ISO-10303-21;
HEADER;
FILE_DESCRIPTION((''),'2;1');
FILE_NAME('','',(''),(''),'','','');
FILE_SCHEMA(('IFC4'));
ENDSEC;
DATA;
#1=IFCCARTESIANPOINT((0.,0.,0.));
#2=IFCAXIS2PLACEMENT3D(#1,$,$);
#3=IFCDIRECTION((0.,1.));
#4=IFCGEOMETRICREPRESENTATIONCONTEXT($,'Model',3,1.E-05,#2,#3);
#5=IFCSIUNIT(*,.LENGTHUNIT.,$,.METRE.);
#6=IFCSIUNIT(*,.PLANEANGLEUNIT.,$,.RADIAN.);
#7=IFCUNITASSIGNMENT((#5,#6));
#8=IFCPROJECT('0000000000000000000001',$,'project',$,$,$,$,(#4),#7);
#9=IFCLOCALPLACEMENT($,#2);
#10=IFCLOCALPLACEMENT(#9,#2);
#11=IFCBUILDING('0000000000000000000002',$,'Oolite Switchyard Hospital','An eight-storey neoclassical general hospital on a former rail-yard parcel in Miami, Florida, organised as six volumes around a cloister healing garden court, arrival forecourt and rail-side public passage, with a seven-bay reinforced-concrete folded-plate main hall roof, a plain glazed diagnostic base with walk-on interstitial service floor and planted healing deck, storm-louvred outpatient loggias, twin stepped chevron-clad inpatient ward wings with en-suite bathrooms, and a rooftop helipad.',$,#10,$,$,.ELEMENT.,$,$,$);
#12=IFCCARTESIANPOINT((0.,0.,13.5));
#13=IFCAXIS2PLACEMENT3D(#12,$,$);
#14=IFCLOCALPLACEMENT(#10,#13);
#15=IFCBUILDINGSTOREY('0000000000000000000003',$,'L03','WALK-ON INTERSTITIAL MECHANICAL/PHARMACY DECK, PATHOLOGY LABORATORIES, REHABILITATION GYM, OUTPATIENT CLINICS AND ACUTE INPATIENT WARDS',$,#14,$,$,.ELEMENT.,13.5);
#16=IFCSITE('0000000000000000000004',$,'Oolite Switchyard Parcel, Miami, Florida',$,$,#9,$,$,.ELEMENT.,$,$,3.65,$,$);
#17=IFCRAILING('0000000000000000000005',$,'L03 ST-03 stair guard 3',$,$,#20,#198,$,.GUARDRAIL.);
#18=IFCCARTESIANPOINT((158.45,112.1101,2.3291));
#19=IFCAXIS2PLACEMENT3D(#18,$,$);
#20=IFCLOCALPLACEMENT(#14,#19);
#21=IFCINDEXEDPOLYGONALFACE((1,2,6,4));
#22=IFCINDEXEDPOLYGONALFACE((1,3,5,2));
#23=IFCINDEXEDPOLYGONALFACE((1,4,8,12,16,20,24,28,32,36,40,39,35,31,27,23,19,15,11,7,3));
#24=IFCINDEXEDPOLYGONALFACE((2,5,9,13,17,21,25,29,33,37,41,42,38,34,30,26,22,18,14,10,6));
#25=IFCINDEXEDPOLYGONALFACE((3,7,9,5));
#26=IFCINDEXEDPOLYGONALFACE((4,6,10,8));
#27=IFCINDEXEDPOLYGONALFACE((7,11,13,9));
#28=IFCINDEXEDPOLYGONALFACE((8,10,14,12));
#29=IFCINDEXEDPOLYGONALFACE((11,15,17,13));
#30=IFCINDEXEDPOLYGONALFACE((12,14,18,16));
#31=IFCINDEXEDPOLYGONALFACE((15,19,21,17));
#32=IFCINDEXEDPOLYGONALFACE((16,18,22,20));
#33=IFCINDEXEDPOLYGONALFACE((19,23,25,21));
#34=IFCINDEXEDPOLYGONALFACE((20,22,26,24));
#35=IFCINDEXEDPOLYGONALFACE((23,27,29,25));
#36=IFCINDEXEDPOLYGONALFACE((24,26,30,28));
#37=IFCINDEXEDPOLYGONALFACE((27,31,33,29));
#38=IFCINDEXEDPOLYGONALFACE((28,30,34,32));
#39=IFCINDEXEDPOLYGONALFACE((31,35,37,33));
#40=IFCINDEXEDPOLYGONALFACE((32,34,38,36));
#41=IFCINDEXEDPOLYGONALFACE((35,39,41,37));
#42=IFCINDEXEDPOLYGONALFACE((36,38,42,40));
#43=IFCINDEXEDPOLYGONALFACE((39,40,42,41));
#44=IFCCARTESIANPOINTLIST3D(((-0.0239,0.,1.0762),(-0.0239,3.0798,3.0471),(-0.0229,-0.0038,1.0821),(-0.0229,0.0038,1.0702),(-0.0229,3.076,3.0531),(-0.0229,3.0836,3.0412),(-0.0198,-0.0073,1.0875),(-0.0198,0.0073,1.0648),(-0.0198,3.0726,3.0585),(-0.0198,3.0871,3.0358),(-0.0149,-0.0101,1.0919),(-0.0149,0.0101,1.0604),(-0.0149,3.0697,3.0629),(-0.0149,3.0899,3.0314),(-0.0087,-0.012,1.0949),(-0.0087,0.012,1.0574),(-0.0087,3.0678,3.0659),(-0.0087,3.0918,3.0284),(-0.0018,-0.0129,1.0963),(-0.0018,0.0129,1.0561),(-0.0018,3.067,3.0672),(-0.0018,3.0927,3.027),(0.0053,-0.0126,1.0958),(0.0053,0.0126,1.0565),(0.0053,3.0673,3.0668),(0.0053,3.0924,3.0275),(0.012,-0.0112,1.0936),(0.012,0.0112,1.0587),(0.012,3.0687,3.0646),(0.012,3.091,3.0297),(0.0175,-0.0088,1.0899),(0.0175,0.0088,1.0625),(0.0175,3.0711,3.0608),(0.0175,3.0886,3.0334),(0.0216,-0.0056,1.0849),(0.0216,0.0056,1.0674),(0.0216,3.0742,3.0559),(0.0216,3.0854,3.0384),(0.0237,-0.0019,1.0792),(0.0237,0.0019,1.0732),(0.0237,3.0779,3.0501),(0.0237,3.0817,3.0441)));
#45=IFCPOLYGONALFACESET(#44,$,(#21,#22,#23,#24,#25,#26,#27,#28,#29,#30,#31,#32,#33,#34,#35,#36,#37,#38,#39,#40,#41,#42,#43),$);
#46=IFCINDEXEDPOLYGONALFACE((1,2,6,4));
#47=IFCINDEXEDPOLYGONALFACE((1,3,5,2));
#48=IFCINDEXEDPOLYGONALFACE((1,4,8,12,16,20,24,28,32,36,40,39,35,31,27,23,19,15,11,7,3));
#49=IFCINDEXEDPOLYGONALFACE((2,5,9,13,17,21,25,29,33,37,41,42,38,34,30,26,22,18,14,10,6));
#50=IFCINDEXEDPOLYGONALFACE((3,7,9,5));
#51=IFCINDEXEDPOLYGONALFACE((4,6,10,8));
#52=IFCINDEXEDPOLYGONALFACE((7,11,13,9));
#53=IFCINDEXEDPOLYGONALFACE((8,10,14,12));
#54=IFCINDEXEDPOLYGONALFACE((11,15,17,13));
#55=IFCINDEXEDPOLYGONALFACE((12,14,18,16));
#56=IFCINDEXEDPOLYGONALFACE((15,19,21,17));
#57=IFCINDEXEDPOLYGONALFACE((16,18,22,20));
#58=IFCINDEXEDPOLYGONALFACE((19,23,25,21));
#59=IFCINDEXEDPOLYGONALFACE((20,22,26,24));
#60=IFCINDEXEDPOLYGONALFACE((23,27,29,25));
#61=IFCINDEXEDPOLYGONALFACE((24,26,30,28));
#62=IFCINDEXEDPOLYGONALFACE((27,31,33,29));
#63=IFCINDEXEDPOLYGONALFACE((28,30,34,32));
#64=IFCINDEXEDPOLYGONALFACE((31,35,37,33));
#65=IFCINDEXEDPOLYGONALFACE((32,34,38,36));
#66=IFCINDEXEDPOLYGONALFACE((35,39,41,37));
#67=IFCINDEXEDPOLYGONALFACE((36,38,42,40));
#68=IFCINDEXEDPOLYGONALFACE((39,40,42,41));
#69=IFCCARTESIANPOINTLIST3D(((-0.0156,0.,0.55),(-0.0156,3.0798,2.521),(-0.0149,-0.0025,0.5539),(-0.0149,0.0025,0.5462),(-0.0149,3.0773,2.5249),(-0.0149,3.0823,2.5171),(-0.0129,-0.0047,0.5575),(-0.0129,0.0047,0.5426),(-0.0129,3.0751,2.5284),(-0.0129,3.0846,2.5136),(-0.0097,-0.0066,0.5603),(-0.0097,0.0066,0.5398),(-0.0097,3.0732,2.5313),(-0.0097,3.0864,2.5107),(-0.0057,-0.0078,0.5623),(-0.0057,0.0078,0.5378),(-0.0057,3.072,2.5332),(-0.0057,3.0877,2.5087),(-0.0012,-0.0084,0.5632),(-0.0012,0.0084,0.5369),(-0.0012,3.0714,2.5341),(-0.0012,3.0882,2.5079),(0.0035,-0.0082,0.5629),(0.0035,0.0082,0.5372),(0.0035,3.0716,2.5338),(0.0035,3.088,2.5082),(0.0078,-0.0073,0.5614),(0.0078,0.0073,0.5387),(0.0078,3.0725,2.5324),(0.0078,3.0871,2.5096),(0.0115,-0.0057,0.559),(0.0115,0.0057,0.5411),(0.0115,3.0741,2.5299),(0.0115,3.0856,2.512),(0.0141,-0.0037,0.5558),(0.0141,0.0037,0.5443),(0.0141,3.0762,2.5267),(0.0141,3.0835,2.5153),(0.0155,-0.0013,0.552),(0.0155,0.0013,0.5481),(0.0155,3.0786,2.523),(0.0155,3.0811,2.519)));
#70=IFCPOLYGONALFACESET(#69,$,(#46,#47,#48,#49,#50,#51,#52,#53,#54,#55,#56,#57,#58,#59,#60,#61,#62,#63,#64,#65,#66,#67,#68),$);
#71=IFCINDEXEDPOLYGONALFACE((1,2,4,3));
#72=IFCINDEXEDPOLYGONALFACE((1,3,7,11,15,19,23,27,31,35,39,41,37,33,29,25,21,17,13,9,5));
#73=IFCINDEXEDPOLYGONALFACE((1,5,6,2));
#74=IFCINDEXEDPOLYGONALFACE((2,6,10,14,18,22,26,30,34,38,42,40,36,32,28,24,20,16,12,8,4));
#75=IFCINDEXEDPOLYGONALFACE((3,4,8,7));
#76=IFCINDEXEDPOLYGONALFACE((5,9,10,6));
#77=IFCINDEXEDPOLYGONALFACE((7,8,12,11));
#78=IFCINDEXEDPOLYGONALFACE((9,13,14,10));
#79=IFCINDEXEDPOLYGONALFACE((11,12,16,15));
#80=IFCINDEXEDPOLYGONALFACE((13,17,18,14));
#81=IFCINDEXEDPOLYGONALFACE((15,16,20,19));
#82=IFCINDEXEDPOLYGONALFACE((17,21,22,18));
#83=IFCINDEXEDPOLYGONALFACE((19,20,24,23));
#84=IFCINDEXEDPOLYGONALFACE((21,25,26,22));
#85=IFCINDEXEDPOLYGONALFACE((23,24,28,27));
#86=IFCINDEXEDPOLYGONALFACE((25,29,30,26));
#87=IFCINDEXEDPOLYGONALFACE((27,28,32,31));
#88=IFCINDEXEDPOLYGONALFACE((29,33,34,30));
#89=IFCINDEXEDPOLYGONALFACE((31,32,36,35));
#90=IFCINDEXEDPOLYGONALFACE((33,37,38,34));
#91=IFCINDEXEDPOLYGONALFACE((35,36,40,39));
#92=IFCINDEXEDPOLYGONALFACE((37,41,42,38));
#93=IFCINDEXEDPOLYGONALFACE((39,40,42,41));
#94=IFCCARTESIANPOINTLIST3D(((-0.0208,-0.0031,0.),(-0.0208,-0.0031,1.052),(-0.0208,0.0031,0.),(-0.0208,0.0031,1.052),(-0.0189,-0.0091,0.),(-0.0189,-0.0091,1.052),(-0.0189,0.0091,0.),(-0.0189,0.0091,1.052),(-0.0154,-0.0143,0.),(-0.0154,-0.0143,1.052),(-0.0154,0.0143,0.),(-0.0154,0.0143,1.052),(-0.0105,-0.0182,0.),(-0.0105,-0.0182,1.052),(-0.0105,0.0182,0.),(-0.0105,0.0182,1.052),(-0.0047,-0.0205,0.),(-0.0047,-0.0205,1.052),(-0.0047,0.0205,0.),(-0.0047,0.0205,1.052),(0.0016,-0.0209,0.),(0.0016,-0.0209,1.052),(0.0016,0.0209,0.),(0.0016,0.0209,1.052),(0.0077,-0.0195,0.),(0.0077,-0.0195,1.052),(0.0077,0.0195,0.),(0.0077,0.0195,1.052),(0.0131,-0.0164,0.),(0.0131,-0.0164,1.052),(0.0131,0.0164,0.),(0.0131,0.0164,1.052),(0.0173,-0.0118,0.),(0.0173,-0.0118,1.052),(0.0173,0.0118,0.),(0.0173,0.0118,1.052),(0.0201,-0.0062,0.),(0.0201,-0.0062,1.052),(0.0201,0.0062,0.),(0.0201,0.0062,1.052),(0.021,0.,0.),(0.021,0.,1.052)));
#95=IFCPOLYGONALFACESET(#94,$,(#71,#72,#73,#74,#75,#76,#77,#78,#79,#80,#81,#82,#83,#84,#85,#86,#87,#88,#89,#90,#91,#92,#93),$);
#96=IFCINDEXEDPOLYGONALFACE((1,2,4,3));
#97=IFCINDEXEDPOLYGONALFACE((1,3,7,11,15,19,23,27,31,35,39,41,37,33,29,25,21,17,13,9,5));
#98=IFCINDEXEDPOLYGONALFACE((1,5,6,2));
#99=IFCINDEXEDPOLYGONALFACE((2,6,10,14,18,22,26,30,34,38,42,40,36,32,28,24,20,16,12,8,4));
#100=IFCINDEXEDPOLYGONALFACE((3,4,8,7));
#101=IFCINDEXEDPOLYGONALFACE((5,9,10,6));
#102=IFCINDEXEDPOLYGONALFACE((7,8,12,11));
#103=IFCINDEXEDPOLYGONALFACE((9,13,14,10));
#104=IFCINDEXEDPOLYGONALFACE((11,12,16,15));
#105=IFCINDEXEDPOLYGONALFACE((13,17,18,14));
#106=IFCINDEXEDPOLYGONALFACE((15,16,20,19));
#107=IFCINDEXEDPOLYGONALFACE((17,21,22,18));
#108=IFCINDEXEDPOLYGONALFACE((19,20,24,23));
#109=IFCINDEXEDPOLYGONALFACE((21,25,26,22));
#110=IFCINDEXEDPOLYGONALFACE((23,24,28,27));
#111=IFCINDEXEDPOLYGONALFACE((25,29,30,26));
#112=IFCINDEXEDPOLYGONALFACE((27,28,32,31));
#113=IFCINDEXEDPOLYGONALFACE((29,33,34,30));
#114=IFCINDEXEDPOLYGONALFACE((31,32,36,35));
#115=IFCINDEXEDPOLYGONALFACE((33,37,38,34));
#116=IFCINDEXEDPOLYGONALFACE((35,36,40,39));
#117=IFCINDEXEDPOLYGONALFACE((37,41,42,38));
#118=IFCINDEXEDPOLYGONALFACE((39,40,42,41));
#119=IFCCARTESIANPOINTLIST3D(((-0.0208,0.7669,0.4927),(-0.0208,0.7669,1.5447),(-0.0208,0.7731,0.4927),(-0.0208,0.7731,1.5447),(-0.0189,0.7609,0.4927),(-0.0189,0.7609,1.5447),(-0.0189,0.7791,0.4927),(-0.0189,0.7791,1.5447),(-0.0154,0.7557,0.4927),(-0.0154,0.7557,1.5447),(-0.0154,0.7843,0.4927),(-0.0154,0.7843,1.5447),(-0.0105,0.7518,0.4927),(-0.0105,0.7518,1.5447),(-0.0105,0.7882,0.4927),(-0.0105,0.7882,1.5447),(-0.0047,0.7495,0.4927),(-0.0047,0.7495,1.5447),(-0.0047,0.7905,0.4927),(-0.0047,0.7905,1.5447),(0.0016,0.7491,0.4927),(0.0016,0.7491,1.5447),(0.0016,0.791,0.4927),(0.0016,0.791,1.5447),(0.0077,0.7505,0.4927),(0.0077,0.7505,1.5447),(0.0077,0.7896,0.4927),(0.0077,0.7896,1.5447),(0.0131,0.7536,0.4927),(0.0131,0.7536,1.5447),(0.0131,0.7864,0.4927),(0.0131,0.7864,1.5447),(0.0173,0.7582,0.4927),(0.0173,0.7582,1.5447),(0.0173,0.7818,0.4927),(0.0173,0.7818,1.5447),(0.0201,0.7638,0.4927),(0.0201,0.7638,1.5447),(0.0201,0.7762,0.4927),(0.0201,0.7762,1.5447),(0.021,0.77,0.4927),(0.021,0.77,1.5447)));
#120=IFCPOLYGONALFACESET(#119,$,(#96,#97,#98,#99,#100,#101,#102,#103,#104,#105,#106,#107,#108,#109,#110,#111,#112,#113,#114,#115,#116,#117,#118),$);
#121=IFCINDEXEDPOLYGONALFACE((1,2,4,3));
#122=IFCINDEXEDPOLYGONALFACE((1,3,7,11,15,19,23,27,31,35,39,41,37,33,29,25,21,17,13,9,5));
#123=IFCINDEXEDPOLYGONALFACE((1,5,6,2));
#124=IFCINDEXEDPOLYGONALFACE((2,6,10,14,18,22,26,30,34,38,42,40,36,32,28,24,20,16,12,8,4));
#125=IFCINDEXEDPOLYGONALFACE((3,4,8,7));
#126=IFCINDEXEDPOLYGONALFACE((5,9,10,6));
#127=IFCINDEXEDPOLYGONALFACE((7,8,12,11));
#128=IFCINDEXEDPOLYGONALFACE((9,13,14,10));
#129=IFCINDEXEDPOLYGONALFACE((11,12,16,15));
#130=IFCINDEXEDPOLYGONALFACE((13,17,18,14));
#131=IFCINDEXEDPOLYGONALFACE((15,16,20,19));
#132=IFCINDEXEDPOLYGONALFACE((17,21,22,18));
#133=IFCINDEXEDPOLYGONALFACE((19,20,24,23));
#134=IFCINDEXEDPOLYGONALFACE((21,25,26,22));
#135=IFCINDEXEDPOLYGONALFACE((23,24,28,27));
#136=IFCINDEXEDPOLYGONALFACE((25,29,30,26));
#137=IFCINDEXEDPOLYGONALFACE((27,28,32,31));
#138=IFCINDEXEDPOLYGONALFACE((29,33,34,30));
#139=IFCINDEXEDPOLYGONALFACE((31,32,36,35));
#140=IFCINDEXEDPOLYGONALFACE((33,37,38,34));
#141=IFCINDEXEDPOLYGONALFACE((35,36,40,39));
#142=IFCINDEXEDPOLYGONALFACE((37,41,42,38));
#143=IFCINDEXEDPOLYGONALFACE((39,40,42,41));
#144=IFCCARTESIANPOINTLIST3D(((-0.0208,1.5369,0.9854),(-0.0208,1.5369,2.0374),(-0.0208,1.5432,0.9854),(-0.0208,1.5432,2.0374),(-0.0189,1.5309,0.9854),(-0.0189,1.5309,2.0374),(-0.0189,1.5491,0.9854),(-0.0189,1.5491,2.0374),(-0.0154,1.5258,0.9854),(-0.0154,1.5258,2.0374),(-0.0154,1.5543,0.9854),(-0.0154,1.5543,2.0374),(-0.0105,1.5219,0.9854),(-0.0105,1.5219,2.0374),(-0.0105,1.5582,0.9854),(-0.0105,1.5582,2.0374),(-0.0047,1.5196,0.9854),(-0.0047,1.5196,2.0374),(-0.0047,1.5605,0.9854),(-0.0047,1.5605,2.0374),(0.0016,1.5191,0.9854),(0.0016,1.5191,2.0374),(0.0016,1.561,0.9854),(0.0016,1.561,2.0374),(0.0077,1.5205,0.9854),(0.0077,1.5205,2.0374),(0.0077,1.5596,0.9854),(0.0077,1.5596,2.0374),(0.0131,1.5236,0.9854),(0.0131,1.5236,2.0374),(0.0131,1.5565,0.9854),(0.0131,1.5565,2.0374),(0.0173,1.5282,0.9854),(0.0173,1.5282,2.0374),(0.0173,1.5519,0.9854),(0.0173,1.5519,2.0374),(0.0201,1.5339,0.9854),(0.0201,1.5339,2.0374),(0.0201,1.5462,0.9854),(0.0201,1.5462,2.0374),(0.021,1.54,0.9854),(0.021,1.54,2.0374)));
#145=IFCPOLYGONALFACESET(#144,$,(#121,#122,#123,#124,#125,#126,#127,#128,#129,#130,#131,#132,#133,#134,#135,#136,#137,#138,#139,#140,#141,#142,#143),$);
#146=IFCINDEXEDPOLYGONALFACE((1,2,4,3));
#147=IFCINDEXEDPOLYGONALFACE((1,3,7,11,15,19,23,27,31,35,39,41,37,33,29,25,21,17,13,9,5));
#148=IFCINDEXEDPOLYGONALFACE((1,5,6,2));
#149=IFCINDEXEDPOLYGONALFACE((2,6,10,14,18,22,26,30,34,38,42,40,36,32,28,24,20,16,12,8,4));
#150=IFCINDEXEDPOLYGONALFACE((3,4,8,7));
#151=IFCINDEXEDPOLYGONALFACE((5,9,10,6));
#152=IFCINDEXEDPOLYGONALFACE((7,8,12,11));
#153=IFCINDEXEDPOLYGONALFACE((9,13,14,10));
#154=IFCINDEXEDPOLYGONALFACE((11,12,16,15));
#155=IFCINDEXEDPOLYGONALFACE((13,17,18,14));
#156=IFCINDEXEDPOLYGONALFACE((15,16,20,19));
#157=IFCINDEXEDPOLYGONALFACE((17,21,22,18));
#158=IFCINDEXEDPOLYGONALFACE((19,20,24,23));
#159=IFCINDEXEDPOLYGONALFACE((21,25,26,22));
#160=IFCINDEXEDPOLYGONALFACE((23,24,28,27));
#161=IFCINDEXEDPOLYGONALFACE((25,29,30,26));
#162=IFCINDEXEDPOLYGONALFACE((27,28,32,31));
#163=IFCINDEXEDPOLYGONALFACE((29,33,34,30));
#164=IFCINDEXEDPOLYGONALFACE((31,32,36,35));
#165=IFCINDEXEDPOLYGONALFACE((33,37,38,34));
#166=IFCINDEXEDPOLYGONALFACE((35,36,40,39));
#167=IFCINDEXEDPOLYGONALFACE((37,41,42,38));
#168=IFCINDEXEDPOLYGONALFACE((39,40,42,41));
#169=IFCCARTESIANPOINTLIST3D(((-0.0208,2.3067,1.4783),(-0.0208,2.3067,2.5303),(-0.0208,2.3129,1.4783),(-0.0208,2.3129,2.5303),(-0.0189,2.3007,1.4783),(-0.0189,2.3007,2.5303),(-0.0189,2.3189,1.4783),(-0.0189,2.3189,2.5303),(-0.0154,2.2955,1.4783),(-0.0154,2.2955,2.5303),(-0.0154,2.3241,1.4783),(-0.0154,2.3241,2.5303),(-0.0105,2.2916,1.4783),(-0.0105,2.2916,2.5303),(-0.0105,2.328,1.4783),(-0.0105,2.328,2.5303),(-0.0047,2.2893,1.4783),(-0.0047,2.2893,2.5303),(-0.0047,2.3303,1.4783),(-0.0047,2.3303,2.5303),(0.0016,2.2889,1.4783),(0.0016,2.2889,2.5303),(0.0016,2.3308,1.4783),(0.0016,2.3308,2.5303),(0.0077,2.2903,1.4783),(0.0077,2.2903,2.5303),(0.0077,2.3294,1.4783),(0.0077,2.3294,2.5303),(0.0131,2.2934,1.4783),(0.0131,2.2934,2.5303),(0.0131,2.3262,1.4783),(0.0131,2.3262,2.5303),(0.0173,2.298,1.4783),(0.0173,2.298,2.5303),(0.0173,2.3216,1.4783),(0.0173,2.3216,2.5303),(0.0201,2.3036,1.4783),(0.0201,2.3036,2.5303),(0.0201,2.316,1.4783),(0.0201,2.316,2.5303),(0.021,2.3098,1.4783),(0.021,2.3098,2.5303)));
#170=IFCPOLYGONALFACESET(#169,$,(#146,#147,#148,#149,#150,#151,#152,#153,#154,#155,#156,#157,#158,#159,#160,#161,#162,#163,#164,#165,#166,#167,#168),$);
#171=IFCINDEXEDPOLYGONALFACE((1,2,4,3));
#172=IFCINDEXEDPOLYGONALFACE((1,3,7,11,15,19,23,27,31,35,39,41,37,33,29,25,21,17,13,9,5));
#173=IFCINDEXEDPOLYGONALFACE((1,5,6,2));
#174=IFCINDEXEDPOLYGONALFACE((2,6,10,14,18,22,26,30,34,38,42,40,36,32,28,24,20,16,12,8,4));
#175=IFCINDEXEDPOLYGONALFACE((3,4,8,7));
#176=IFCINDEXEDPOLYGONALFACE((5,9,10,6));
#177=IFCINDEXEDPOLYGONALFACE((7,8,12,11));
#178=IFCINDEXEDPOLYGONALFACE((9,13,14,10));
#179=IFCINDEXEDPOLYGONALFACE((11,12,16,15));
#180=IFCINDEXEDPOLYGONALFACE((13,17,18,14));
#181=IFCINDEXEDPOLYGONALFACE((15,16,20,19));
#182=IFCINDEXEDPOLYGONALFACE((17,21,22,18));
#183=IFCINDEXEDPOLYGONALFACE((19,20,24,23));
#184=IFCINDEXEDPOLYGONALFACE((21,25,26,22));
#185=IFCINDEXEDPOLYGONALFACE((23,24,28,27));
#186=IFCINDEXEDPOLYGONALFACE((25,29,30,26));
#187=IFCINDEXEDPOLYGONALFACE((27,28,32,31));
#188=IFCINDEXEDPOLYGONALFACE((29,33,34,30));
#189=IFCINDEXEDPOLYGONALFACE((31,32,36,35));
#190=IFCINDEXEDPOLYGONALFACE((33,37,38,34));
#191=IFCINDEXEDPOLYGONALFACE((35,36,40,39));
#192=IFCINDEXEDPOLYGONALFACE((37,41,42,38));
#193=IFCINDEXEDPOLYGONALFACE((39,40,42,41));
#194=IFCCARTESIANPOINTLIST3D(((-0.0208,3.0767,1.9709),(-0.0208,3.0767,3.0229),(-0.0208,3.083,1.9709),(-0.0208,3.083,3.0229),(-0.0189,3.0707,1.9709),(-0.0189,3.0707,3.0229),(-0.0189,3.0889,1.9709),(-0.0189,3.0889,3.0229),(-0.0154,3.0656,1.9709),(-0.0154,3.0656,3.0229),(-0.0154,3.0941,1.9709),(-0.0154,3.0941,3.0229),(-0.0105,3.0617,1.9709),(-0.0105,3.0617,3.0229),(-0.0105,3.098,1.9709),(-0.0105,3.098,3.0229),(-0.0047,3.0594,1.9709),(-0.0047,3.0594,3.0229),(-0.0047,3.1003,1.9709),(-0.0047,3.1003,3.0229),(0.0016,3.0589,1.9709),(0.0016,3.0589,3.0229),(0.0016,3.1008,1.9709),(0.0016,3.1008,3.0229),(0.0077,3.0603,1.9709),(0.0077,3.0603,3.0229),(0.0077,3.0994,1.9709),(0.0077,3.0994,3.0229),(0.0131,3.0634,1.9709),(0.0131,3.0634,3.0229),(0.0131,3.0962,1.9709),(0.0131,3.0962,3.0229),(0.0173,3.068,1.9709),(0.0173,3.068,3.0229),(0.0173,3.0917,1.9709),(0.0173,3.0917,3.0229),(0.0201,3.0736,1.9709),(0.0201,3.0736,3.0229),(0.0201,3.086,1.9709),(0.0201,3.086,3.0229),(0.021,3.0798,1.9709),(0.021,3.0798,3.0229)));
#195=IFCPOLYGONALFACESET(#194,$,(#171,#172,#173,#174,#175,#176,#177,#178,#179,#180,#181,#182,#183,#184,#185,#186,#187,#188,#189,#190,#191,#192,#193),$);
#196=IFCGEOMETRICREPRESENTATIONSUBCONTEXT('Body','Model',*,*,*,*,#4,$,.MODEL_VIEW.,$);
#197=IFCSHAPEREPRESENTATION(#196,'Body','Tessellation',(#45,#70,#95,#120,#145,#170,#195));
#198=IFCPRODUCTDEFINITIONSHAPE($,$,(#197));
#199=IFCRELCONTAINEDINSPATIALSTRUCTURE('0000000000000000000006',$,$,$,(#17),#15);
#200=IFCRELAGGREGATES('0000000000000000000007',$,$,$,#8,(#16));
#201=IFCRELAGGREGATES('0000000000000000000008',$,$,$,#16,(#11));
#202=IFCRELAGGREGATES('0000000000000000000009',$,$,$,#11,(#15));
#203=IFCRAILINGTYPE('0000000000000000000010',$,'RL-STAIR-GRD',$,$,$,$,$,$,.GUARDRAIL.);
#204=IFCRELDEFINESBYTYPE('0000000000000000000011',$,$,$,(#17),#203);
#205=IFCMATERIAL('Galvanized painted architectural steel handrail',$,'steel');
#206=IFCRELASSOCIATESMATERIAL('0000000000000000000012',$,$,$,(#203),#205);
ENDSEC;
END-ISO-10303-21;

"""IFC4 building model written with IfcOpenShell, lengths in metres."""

from ifc_helpers import new_model, si_unit, direction, frame, origin, origin_2d, place, context, subcontext, project, spatial, circle, extrude, material, type_object, element, save


model = new_model("IFC4")

# Units and contexts
model_context = context("Model", 3, precision=1e-05, world=origin(), true_north=direction((0.0, 1.0)))
body_context = subcontext(model_context, "Body", "Model", "MODEL_VIEW")
ifc_project = project(units=[si_unit("LENGTHUNIT", "METRE"), si_unit("PLANEANGLEUNIT", "RADIAN")], contexts=[model_context])

# Site, building, storey
site_placement = place(None, origin())
site = spatial("IfcSite", under=ifc_project, at=site_placement, Name="Oolite Switchyard Parcel, Miami, Florida", CompositionType="ELEMENT", RefElevation=3.65)
building_placement = place(site_placement, origin())
building = spatial("IfcBuilding", under=site, at=building_placement, Name="Oolite Switchyard Hospital", Description="An eight-storey neoclassical general hospital on a former rail-yard parcel in Miami, Florida, organised as six volumes around a cloister healing garden court, arrival forecourt and rail-side public passage, with a seven-bay reinforced-concrete folded-plate main hall roof, a plain glazed diagnostic base with walk-on interstitial service floor and planted healing deck, storm-louvred outpatient loggias, twin stepped chevron-clad inpatient ward wings with en-suite bathrooms, and a rooftop helipad.", CompositionType="ELEMENT")
storey_placement = place(building_placement, frame((0.0, 0.0, 13.5)))
storey = spatial("IfcBuildingStorey", under=building, at=storey_placement, Name="L03", Description="WALK-ON INTERSTITIAL MECHANICAL/PHARMACY DECK, PATHOLOGY LABORATORIES, REHABILITATION GYM, OUTPATIENT CLINICS AND ACUTE INPATIENT WARDS", CompositionType="ELEMENT", Elevation=13.5)

# Railing
ifc_material_1 = material(Name="Galvanized painted architectural steel handrail", Category="steel")
railing_type_1 = type_object("IfcRailingType", Name="RL-STAIR-GRD", PredefinedType="GUARDRAIL", material=ifc_material_1)
railing_1_placement = place(storey_placement, frame((158.45, 112.1101, 2.3291)))
element("IfcRailing", 1, at=railing_1_placement, inside=storey, type_object=railing_type_1, Name="L03 ST-03 stair guard 3", PredefinedType="GUARDRAIL", context=body_context, shape_type="SweptSolid", body=[
    extrude(circle(Radius=0.0239, at=origin_2d()), frame((0.0, 0.0, 1.0762), z_axis=(0.0, 0.84229, 0.539025), x_axis=(-1.0, 0.0, 0.0)), (0.0, 0.0, 1.0), 3.6565),
    extrude(circle(Radius=0.0156, at=origin_2d()), frame((0.0, 0.0, 0.55), z_axis=(0.0, 0.84229, 0.539025), x_axis=(-1.0, 0.0, 0.0)), (0.0, 0.0, 1.0), 3.6565),
    extrude(circle(Radius=0.021, at=origin_2d()), origin(), (0.0, 0.0, 1.0), 1.052),
    extrude(circle(Radius=0.021, at=origin_2d()), frame((0.0, 0.77, 0.4927)), (0.0, 0.0, 1.0), 1.052),
    extrude(circle(Radius=0.021, at=origin_2d()), frame((0.0, 1.54, 0.9854)), (0.0, 0.0, 1.0), 1.052),
    extrude(circle(Radius=0.021, at=origin_2d()), frame((0.0, 2.3098, 1.4783)), (0.0, 0.0, 1.0), 1.052),
    extrude(circle(Radius=0.021, at=origin_2d()), frame((0.0, 3.0798, 1.9709)), (0.0, 0.0, 1.0), 1.052),
])

save(model, "model.ifc")
